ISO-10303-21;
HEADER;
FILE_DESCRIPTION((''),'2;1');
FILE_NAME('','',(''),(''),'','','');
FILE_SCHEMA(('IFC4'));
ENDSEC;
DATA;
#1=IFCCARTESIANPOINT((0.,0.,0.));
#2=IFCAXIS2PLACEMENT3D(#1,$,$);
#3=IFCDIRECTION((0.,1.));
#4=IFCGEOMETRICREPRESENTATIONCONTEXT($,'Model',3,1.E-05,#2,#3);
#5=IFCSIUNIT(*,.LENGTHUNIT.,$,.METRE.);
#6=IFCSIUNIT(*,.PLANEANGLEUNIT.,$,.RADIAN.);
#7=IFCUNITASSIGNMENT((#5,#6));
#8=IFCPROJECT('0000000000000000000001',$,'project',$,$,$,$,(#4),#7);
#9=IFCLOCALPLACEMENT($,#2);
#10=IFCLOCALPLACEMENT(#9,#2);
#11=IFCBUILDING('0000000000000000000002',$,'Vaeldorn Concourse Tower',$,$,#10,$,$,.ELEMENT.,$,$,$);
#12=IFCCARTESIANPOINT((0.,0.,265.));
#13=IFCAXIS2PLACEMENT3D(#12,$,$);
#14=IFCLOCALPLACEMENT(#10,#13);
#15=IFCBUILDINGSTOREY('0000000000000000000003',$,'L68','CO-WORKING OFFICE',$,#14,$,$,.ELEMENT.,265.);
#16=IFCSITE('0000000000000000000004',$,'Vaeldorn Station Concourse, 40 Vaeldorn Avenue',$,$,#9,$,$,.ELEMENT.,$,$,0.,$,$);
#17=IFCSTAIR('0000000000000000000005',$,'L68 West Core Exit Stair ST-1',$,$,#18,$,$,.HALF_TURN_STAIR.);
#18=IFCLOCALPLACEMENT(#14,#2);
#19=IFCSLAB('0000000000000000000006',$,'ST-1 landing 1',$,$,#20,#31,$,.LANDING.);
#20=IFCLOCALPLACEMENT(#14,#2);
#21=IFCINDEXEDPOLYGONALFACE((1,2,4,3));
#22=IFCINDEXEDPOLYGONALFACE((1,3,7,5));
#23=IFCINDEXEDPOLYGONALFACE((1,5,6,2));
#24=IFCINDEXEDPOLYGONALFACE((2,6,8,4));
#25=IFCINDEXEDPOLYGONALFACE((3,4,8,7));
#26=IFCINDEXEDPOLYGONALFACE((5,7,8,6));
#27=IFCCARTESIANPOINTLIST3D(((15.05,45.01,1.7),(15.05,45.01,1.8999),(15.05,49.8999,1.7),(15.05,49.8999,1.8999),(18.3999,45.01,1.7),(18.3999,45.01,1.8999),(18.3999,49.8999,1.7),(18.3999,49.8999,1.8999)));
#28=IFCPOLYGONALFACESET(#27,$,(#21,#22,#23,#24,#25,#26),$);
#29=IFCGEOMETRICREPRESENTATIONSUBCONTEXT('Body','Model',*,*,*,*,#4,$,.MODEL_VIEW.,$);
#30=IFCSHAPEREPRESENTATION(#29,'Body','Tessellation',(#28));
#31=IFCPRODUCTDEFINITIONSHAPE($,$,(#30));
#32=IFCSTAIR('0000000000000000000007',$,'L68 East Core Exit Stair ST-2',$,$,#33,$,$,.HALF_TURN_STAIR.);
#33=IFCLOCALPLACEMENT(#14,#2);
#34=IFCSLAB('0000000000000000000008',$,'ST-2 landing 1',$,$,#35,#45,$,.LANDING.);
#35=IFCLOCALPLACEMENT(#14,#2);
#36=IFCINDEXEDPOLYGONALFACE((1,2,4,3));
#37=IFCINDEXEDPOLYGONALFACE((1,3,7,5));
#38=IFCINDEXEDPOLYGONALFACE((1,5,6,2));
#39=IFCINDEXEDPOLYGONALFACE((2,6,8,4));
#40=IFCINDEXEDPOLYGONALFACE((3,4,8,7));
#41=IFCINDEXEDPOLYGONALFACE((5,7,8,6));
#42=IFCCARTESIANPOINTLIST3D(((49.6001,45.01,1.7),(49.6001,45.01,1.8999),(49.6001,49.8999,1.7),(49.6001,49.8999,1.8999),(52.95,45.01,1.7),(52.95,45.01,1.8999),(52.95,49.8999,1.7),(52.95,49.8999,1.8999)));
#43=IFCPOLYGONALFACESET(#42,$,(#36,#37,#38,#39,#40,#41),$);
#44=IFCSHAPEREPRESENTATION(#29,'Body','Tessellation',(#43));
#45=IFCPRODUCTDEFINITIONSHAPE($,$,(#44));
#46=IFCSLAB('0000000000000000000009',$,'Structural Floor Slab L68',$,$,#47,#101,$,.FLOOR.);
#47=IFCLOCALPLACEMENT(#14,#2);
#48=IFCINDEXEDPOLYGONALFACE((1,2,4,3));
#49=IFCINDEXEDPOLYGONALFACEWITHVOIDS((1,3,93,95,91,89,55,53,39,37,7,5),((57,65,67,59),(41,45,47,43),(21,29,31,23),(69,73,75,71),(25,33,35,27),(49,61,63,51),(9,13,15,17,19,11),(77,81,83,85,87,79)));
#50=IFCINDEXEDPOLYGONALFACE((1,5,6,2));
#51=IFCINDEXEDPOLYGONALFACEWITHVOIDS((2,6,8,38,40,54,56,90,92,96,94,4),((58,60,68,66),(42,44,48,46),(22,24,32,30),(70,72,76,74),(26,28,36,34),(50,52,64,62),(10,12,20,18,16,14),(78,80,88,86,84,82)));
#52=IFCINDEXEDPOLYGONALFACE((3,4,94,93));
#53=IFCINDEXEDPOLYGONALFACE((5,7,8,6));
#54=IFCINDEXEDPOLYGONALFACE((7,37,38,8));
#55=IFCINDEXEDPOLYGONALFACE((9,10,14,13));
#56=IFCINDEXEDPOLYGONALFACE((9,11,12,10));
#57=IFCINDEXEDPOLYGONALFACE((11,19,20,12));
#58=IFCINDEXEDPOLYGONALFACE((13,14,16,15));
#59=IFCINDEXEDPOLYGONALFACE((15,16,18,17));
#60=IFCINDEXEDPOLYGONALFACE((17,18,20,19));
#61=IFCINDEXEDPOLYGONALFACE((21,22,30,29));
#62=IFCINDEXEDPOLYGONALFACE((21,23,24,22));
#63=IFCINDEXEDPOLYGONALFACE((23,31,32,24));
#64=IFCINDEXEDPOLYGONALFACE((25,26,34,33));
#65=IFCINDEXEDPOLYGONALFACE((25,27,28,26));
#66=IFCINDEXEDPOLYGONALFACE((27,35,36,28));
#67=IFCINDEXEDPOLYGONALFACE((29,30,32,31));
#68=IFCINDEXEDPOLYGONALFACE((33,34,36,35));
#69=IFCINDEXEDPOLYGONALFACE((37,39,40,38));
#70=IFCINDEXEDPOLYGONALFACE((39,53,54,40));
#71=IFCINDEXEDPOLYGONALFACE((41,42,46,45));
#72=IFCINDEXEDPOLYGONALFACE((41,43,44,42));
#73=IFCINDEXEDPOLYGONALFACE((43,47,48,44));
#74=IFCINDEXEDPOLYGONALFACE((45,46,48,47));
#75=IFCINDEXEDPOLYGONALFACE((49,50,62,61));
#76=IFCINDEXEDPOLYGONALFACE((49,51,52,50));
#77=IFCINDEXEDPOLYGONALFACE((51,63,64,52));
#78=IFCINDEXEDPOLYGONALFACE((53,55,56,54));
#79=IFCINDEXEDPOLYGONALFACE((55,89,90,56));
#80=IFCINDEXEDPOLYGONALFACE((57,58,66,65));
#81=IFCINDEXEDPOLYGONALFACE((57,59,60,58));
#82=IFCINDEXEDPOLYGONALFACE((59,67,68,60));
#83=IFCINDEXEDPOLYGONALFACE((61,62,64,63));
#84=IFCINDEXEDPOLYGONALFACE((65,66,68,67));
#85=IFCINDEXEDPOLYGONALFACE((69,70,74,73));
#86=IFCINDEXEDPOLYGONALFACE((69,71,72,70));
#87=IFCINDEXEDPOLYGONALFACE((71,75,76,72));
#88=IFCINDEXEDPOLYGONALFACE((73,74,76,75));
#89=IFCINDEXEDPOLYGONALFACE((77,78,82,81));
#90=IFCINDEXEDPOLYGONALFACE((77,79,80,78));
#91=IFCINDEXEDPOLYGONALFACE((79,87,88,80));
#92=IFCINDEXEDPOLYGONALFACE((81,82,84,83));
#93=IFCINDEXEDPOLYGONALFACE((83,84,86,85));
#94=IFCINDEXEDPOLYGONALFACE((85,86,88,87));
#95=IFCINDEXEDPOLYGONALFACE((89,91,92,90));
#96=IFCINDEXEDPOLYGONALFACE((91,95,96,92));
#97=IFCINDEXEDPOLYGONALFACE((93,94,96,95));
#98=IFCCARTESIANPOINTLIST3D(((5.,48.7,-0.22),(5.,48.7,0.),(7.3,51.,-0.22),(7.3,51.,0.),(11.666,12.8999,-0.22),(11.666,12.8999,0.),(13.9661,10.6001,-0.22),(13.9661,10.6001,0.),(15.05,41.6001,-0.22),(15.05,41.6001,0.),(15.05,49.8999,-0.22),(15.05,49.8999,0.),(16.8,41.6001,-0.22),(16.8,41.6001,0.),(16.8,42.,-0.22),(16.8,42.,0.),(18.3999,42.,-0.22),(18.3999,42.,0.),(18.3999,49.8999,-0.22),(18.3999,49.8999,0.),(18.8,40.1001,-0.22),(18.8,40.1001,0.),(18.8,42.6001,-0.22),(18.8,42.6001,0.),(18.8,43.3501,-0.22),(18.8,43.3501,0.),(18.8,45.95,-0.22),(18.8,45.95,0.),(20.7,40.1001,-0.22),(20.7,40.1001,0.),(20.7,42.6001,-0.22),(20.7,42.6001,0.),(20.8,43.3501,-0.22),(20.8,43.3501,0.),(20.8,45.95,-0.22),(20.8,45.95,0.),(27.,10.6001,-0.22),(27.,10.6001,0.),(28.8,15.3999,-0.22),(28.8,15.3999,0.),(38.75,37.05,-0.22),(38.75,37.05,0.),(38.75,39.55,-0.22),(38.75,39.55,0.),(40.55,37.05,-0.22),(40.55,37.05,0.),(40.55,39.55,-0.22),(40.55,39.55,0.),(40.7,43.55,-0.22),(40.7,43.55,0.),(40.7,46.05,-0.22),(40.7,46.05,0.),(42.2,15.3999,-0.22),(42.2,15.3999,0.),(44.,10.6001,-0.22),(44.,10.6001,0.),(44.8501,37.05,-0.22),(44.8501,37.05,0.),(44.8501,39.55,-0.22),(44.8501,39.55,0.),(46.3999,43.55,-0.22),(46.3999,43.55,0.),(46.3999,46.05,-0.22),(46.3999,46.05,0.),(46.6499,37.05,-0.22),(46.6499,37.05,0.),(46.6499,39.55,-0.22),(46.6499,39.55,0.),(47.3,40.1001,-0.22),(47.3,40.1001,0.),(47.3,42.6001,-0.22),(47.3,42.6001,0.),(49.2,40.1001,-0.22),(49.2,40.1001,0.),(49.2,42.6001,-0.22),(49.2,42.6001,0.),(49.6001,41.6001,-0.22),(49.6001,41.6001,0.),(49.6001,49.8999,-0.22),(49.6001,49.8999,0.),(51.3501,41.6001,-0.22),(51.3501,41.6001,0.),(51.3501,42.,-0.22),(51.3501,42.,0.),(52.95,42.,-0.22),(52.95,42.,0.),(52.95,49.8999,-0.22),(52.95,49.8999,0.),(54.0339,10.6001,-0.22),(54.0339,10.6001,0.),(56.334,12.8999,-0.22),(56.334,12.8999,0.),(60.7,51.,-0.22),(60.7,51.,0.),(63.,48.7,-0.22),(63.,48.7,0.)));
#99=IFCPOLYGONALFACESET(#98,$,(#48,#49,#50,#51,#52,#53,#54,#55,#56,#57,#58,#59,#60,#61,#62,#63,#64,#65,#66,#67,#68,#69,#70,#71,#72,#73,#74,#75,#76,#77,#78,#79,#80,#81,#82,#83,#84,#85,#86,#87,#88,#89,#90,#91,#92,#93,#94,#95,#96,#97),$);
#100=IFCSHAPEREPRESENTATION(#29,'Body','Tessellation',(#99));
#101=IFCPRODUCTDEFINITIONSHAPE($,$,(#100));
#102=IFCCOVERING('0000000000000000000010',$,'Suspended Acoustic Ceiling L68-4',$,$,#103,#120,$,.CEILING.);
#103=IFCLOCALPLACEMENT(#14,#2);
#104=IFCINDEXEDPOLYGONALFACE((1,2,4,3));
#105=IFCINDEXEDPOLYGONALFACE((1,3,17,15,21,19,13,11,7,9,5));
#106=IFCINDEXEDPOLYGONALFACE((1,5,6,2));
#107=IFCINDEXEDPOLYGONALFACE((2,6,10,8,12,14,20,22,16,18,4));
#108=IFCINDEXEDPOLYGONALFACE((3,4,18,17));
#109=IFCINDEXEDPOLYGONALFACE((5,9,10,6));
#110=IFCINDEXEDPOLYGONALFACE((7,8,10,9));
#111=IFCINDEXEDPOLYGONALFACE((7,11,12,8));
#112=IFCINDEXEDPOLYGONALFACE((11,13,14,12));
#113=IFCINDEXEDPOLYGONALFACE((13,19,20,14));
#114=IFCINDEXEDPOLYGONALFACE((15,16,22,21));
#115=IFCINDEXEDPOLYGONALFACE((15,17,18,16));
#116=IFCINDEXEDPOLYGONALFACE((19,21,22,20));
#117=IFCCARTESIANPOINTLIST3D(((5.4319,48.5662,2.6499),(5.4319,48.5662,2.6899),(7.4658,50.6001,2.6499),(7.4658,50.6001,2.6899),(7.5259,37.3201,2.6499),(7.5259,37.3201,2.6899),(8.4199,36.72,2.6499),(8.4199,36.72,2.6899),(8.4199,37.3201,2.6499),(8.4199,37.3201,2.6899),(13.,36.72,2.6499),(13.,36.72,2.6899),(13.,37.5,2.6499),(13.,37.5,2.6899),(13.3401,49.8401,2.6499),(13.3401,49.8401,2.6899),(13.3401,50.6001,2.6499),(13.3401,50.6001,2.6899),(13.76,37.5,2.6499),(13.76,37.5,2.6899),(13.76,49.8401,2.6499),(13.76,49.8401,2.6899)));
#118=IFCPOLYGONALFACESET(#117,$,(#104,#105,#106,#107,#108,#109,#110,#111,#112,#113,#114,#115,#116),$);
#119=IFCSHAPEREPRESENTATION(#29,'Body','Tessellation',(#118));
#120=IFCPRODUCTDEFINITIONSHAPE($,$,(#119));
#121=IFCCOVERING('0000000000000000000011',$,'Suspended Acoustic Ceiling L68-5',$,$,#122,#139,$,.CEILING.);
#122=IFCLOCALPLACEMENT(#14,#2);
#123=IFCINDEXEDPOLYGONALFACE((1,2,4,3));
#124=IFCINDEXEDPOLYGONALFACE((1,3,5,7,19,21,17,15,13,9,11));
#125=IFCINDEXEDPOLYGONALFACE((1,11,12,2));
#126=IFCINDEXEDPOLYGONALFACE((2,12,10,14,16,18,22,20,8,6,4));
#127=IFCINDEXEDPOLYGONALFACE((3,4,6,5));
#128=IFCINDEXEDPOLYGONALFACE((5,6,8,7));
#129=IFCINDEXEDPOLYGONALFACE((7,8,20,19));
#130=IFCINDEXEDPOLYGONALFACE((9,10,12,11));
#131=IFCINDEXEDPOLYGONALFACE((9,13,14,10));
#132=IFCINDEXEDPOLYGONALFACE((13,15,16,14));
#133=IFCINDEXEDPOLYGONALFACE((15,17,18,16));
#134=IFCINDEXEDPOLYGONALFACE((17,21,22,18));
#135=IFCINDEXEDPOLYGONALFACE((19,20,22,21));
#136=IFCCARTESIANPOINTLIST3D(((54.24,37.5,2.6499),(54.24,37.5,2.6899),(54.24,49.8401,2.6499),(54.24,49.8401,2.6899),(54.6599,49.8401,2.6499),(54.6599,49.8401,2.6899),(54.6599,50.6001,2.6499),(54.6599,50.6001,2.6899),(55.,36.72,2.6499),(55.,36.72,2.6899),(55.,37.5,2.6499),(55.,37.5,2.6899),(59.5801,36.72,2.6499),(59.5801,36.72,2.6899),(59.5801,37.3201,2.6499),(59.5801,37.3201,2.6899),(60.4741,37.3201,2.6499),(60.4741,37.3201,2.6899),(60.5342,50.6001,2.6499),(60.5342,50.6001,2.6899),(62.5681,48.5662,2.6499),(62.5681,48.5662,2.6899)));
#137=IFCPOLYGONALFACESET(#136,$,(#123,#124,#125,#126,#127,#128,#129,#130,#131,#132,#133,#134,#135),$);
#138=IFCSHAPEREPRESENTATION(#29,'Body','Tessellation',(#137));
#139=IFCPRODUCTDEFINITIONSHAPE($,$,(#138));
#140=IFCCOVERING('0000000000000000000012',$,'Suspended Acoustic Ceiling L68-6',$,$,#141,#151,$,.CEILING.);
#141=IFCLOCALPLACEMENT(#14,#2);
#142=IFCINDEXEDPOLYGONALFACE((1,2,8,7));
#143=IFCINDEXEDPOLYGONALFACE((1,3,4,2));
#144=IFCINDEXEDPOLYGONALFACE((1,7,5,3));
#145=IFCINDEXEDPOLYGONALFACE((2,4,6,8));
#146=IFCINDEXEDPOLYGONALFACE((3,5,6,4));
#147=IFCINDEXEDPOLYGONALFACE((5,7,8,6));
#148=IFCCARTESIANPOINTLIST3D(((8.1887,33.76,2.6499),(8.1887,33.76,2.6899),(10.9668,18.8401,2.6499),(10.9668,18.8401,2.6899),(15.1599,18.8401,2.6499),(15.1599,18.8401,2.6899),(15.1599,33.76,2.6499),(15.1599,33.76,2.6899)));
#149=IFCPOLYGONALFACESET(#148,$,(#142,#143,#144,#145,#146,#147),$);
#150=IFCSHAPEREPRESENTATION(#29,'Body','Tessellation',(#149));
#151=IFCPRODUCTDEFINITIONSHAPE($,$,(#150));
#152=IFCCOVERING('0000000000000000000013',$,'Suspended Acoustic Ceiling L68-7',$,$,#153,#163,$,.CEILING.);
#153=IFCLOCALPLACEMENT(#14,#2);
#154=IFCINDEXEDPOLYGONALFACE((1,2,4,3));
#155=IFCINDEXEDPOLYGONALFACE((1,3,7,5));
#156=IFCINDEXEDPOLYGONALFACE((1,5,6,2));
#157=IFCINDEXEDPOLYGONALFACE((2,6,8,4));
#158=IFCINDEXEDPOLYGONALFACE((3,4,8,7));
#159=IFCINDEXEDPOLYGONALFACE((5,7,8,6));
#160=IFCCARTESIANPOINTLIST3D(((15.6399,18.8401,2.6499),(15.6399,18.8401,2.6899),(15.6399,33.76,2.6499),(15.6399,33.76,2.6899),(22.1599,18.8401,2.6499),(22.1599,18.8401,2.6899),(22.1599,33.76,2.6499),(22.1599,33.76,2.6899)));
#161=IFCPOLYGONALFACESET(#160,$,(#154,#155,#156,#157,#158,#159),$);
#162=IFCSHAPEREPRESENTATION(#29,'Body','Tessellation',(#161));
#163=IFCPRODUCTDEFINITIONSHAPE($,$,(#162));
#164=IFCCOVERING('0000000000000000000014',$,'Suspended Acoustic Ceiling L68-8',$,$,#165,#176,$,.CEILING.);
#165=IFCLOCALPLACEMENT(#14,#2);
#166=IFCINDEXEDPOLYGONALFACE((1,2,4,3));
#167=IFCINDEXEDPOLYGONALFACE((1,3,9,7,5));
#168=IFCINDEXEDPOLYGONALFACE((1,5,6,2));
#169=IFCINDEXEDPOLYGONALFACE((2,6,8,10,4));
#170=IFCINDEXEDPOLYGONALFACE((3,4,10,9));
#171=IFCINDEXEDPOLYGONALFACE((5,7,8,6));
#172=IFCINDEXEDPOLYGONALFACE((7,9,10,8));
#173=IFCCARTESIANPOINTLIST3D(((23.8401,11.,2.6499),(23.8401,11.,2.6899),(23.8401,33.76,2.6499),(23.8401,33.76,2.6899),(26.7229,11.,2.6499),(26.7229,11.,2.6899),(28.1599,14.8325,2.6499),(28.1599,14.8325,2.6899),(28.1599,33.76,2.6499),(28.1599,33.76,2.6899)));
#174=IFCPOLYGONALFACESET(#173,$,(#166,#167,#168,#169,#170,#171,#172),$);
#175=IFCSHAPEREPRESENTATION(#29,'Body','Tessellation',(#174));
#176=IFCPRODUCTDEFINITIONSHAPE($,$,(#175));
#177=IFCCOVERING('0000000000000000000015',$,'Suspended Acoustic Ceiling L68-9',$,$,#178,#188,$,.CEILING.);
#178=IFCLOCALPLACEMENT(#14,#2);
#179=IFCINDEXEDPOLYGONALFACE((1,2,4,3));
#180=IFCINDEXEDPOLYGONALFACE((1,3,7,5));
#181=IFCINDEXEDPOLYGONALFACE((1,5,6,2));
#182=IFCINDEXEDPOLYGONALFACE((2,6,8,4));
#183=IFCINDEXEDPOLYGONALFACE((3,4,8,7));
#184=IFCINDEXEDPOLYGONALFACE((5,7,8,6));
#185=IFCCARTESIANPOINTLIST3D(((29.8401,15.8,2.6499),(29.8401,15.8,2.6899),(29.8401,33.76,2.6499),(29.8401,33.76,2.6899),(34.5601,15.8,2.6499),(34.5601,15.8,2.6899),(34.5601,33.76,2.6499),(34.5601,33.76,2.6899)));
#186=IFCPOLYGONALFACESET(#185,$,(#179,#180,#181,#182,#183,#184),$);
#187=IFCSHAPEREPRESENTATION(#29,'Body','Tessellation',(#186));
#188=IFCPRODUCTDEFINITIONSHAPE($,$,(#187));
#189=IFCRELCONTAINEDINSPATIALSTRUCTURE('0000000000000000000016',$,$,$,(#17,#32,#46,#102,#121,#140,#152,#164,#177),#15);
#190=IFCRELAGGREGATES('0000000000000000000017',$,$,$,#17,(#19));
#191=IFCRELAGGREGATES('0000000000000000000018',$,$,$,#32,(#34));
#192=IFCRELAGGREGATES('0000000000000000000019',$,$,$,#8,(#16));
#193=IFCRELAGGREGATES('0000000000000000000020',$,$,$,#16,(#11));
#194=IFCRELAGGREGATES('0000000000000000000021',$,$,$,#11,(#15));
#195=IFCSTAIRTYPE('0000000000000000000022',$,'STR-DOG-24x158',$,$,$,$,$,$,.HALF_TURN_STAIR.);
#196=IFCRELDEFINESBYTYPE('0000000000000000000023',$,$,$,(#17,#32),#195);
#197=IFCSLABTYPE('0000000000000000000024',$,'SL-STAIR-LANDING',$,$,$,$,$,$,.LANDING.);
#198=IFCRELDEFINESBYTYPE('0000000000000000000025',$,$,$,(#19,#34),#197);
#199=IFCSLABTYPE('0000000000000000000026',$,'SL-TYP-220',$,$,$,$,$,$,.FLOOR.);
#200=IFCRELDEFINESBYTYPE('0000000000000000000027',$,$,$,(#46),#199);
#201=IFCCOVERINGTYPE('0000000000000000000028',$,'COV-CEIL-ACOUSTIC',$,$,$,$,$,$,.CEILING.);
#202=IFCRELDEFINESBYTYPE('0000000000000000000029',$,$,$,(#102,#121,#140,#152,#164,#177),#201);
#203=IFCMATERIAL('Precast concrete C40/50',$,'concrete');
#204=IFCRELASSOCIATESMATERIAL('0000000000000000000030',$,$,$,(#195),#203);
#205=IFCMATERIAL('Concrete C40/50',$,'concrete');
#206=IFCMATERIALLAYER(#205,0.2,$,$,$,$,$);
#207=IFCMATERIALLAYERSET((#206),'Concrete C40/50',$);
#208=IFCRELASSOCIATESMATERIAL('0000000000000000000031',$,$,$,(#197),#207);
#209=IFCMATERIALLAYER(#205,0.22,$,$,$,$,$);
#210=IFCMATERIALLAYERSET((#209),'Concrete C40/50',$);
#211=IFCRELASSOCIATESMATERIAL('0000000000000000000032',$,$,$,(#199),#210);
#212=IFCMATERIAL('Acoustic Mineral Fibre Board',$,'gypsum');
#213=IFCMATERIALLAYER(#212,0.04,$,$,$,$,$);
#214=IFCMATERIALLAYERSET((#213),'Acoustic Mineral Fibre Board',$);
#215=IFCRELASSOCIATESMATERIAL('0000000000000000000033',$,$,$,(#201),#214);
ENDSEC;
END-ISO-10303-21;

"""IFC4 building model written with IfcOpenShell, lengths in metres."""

from ifc_helpers import new_model, si_unit, direction, frame, origin, place, context, subcontext, project, spatial, polyline, outline, extrude, material, layer, layer_set, type_object, element, aggregate, save


model = new_model("IFC4")

# Units and contexts
model_context = context("Model", 3, precision=1e-05, world=origin(), true_north=direction((0.0, 1.0)))
body_context = subcontext(model_context, "Body", "Model", "MODEL_VIEW")
ifc_project = project(units=[si_unit("LENGTHUNIT", "METRE"), si_unit("PLANEANGLEUNIT", "RADIAN")], contexts=[model_context])

# Site, building, storey
site_placement = place(None, origin())
site = spatial("IfcSite", under=ifc_project, at=site_placement, Name="Vaeldorn Station Concourse, 40 Vaeldorn Avenue", CompositionType="ELEMENT", RefElevation=0.0)
building_placement = place(site_placement, origin())
building = spatial("IfcBuilding", under=site, at=building_placement, Name="Vaeldorn Concourse Tower", CompositionType="ELEMENT")
storey_placement = place(building_placement, frame((0.0, 0.0, 265.0)))
storey = spatial("IfcBuildingStorey", under=building, at=storey_placement, Name="L68", Description="CO-WORKING OFFICE", CompositionType="ELEMENT", Elevation=265.0)

# Stairs, slabs
ifc_material_1 = material(Name="Precast concrete C40/50", Category="concrete")
stair_type = type_object("IfcStairType", Name="STR-DOG-24x158", PredefinedType="HALF_TURN_STAIR", material=ifc_material_1)
stair_1_placement = place(storey_placement, origin())
stair_1 = element("IfcStair", 1, at=stair_1_placement, inside=storey, type_object=stair_type, Name="L68 West Core Exit Stair ST-1", PredefinedType="HALF_TURN_STAIR")
ifc_material_2 = material(Name="Concrete C40/50", Category="concrete")
ifc_layer_1 = layer(ifc_material_2, 0.2)
ifc_layer_set_1 = layer_set([ifc_layer_1], Name="Concrete C40/50")
slab_type_1 = type_object("IfcSlabType", Name="SL-STAIR-LANDING", PredefinedType="LANDING", material=ifc_layer_set_1)
slab_1_placement = place(storey_placement, frame((0.0, 0.0, 1.7)))
slab_1 = element("IfcSlab", 2, at=slab_1_placement, type_object=slab_type_1, Name="ST-1 landing 1", PredefinedType="LANDING", context=body_context, shape_type="SweptSolid", body=[
    extrude(outline(polyline([(18.3999, 45.01), (18.3999, 49.8999), (15.05, 49.8999), (15.05, 45.01), (18.3999, 45.01)])), origin(), (0.0, 0.0, 1.0), 0.2),
])
aggregate(stair_1, [slab_1])
stair_2_placement = place(storey_placement, origin())
stair_2 = element("IfcStair", 3, at=stair_2_placement, inside=storey, type_object=stair_type, Name="L68 East Core Exit Stair ST-2", PredefinedType="HALF_TURN_STAIR")
slab_2_placement = place(storey_placement, frame((0.0, 0.0, 1.7)))
slab_2 = element("IfcSlab", 4, at=slab_2_placement, type_object=slab_type_1, Name="ST-2 landing 1", PredefinedType="LANDING", context=body_context, shape_type="SweptSolid", body=[
    extrude(outline(polyline([(52.95, 45.01), (52.95, 49.8999), (49.6001, 49.8999), (49.6001, 45.01), (52.95, 45.01)])), origin(), (0.0, 0.0, 1.0), 0.2),
])
aggregate(stair_2, [slab_2])

# Slab
ifc_layer_2 = layer(ifc_material_2, 0.22)
ifc_layer_set_2 = layer_set([ifc_layer_2], Name="Concrete C40/50")
slab_type_2 = type_object("IfcSlabType", Name="SL-TYP-220", PredefinedType="FLOOR", material=ifc_layer_set_2)
slab_3_placement = place(storey_placement, frame((0.0, 0.0, -0.22)))
element("IfcSlab", 5, at=slab_3_placement, inside=storey, type_object=slab_type_2, Name="Structural Floor Slab L68", PredefinedType="FLOOR", context=body_context, shape_type="SweptSolid", body=[
    extrude(outline(polyline([(13.9661, 10.6001), (27.0, 10.6001), (28.8, 15.3999), (42.2, 15.3999), (44.0, 10.6001), (54.0339, 10.6001), (56.334, 12.8999), (63.0, 48.7), (60.7, 51.0), (7.3, 51.0), (5.0, 48.7), (11.666, 12.8999), (13.9661, 10.6001)]), holes=[polyline([(18.3999, 42.0), (18.3999, 49.8999), (15.05, 49.8999), (15.05, 41.6001), (16.8, 41.6001), (16.8, 42.0), (18.3999, 42.0)]), polyline([(52.95, 42.0), (52.95, 49.8999), (49.6001, 49.8999), (49.6001, 41.6001), (51.3501, 41.6001), (51.3501, 42.0), (52.95, 42.0)]), polyline([(38.75, 37.05), (40.55, 37.05), (40.55, 39.55), (38.75, 39.55), (38.75, 37.05)]), polyline([(44.8501, 37.05), (46.6499, 37.05), (46.6499, 39.55), (44.8501, 39.55), (44.8501, 37.05)]), polyline([(40.7, 43.55), (46.3999, 43.55), (46.3999, 46.05), (40.7, 46.05), (40.7, 43.55)]), polyline([(18.8, 43.3501), (20.8, 43.3501), (20.8, 45.95), (18.8, 45.95), (18.8, 43.3501)]), polyline([(18.8, 40.1001), (20.7, 40.1001), (20.7, 42.6001), (18.8, 42.6001), (18.8, 40.1001)]), polyline([(47.3, 40.1001), (49.2, 40.1001), (49.2, 42.6001), (47.3, 42.6001), (47.3, 40.1001)])]), origin(), (0.0, 0.0, 1.0), 0.22),
])

# Coverings
ifc_material_3 = material(Name="Acoustic Mineral Fibre Board", Category="gypsum")
ifc_layer_3 = layer(ifc_material_3, 0.04)
ifc_layer_set_3 = layer_set([ifc_layer_3], Name="Acoustic Mineral Fibre Board")
covering_type_1 = type_object("IfcCoveringType", Name="COV-CEIL-ACOUSTIC", PredefinedType="CEILING", material=ifc_layer_set_3)
covering_1_placement = place(storey_placement, frame((0.0, 0.0, 2.6499)))
element("IfcCovering", 6, at=covering_1_placement, inside=storey, type_object=covering_type_1, Name="Suspended Acoustic Ceiling L68-4", PredefinedType="CEILING", context=body_context, shape_type="SweptSolid", body=[
    extrude(outline(polyline([(13.3401, 50.6001), (13.3401, 49.8401), (13.76, 49.8401), (13.76, 37.5), (13.0, 37.5), (13.0, 36.72), (8.4199, 36.72), (8.4199, 37.3201), (7.5259, 37.3201), (5.4319, 48.5662), (7.4658, 50.6001), (13.3401, 50.6001)])), origin(), (0.0, 0.0, 1.0), 0.04),
])
covering_2_placement = place(storey_placement, frame((0.0, 0.0, 2.6499)))
element("IfcCovering", 7, at=covering_2_placement, inside=storey, type_object=covering_type_1, Name="Suspended Acoustic Ceiling L68-5", PredefinedType="CEILING", context=body_context, shape_type="SweptSolid", body=[
    extrude(outline(polyline([(54.6599, 49.8401), (54.6599, 50.6001), (60.5342, 50.6001), (62.5681, 48.5662), (60.4741, 37.3201), (59.5801, 37.3201), (59.5801, 36.72), (55.0, 36.72), (55.0, 37.5), (54.24, 37.5), (54.24, 49.8401), (54.6599, 49.8401)])), origin(), (0.0, 0.0, 1.0), 0.04),
])
covering_3_placement = place(storey_placement, frame((0.0, 0.0, 2.6499)))
element("IfcCovering", 8, at=covering_3_placement, inside=storey, type_object=covering_type_1, Name="Suspended Acoustic Ceiling L68-6", PredefinedType="CEILING", context=body_context, shape_type="SweptSolid", body=[
    extrude(outline(polyline([(15.1599, 33.76), (15.1599, 18.8401), (10.9668, 18.8401), (8.1887, 33.76), (15.1599, 33.76)])), origin(), (0.0, 0.0, 1.0), 0.04),
])
covering_4_placement = place(storey_placement, frame((0.0, 0.0, 2.6499)))
element("IfcCovering", 9, at=covering_4_placement, inside=storey, type_object=covering_type_1, Name="Suspended Acoustic Ceiling L68-7", PredefinedType="CEILING", context=body_context, shape_type="SweptSolid", body=[
    extrude(outline(polyline([(15.6399, 33.76), (22.1599, 33.76), (22.1599, 18.8401), (15.6399, 18.8401), (15.6399, 33.76)])), origin(), (0.0, 0.0, 1.0), 0.04),
])
covering_5_placement = place(storey_placement, frame((0.0, 0.0, 2.6499)))
element("IfcCovering", 10, at=covering_5_placement, inside=storey, type_object=covering_type_1, Name="Suspended Acoustic Ceiling L68-8", PredefinedType="CEILING", context=body_context, shape_type="SweptSolid", body=[
    extrude(outline(polyline([(23.8401, 11.0), (23.8401, 33.76), (28.1599, 33.76), (28.1599, 14.8325), (26.7229, 11.0), (23.8401, 11.0)])), origin(), (0.0, 0.0, 1.0), 0.04),
])
covering_6_placement = place(storey_placement, frame((0.0, 0.0, 2.6499)))
element("IfcCovering", 11, at=covering_6_placement, inside=storey, type_object=covering_type_1, Name="Suspended Acoustic Ceiling L68-9", PredefinedType="CEILING", context=body_context, shape_type="SweptSolid", body=[
    extrude(outline(polyline([(29.8401, 33.76), (34.5601, 33.76), (34.5601, 15.8), (29.8401, 15.8), (29.8401, 33.76)])), origin(), (0.0, 0.0, 1.0), 0.04),
])

save(model, "model.ifc")
